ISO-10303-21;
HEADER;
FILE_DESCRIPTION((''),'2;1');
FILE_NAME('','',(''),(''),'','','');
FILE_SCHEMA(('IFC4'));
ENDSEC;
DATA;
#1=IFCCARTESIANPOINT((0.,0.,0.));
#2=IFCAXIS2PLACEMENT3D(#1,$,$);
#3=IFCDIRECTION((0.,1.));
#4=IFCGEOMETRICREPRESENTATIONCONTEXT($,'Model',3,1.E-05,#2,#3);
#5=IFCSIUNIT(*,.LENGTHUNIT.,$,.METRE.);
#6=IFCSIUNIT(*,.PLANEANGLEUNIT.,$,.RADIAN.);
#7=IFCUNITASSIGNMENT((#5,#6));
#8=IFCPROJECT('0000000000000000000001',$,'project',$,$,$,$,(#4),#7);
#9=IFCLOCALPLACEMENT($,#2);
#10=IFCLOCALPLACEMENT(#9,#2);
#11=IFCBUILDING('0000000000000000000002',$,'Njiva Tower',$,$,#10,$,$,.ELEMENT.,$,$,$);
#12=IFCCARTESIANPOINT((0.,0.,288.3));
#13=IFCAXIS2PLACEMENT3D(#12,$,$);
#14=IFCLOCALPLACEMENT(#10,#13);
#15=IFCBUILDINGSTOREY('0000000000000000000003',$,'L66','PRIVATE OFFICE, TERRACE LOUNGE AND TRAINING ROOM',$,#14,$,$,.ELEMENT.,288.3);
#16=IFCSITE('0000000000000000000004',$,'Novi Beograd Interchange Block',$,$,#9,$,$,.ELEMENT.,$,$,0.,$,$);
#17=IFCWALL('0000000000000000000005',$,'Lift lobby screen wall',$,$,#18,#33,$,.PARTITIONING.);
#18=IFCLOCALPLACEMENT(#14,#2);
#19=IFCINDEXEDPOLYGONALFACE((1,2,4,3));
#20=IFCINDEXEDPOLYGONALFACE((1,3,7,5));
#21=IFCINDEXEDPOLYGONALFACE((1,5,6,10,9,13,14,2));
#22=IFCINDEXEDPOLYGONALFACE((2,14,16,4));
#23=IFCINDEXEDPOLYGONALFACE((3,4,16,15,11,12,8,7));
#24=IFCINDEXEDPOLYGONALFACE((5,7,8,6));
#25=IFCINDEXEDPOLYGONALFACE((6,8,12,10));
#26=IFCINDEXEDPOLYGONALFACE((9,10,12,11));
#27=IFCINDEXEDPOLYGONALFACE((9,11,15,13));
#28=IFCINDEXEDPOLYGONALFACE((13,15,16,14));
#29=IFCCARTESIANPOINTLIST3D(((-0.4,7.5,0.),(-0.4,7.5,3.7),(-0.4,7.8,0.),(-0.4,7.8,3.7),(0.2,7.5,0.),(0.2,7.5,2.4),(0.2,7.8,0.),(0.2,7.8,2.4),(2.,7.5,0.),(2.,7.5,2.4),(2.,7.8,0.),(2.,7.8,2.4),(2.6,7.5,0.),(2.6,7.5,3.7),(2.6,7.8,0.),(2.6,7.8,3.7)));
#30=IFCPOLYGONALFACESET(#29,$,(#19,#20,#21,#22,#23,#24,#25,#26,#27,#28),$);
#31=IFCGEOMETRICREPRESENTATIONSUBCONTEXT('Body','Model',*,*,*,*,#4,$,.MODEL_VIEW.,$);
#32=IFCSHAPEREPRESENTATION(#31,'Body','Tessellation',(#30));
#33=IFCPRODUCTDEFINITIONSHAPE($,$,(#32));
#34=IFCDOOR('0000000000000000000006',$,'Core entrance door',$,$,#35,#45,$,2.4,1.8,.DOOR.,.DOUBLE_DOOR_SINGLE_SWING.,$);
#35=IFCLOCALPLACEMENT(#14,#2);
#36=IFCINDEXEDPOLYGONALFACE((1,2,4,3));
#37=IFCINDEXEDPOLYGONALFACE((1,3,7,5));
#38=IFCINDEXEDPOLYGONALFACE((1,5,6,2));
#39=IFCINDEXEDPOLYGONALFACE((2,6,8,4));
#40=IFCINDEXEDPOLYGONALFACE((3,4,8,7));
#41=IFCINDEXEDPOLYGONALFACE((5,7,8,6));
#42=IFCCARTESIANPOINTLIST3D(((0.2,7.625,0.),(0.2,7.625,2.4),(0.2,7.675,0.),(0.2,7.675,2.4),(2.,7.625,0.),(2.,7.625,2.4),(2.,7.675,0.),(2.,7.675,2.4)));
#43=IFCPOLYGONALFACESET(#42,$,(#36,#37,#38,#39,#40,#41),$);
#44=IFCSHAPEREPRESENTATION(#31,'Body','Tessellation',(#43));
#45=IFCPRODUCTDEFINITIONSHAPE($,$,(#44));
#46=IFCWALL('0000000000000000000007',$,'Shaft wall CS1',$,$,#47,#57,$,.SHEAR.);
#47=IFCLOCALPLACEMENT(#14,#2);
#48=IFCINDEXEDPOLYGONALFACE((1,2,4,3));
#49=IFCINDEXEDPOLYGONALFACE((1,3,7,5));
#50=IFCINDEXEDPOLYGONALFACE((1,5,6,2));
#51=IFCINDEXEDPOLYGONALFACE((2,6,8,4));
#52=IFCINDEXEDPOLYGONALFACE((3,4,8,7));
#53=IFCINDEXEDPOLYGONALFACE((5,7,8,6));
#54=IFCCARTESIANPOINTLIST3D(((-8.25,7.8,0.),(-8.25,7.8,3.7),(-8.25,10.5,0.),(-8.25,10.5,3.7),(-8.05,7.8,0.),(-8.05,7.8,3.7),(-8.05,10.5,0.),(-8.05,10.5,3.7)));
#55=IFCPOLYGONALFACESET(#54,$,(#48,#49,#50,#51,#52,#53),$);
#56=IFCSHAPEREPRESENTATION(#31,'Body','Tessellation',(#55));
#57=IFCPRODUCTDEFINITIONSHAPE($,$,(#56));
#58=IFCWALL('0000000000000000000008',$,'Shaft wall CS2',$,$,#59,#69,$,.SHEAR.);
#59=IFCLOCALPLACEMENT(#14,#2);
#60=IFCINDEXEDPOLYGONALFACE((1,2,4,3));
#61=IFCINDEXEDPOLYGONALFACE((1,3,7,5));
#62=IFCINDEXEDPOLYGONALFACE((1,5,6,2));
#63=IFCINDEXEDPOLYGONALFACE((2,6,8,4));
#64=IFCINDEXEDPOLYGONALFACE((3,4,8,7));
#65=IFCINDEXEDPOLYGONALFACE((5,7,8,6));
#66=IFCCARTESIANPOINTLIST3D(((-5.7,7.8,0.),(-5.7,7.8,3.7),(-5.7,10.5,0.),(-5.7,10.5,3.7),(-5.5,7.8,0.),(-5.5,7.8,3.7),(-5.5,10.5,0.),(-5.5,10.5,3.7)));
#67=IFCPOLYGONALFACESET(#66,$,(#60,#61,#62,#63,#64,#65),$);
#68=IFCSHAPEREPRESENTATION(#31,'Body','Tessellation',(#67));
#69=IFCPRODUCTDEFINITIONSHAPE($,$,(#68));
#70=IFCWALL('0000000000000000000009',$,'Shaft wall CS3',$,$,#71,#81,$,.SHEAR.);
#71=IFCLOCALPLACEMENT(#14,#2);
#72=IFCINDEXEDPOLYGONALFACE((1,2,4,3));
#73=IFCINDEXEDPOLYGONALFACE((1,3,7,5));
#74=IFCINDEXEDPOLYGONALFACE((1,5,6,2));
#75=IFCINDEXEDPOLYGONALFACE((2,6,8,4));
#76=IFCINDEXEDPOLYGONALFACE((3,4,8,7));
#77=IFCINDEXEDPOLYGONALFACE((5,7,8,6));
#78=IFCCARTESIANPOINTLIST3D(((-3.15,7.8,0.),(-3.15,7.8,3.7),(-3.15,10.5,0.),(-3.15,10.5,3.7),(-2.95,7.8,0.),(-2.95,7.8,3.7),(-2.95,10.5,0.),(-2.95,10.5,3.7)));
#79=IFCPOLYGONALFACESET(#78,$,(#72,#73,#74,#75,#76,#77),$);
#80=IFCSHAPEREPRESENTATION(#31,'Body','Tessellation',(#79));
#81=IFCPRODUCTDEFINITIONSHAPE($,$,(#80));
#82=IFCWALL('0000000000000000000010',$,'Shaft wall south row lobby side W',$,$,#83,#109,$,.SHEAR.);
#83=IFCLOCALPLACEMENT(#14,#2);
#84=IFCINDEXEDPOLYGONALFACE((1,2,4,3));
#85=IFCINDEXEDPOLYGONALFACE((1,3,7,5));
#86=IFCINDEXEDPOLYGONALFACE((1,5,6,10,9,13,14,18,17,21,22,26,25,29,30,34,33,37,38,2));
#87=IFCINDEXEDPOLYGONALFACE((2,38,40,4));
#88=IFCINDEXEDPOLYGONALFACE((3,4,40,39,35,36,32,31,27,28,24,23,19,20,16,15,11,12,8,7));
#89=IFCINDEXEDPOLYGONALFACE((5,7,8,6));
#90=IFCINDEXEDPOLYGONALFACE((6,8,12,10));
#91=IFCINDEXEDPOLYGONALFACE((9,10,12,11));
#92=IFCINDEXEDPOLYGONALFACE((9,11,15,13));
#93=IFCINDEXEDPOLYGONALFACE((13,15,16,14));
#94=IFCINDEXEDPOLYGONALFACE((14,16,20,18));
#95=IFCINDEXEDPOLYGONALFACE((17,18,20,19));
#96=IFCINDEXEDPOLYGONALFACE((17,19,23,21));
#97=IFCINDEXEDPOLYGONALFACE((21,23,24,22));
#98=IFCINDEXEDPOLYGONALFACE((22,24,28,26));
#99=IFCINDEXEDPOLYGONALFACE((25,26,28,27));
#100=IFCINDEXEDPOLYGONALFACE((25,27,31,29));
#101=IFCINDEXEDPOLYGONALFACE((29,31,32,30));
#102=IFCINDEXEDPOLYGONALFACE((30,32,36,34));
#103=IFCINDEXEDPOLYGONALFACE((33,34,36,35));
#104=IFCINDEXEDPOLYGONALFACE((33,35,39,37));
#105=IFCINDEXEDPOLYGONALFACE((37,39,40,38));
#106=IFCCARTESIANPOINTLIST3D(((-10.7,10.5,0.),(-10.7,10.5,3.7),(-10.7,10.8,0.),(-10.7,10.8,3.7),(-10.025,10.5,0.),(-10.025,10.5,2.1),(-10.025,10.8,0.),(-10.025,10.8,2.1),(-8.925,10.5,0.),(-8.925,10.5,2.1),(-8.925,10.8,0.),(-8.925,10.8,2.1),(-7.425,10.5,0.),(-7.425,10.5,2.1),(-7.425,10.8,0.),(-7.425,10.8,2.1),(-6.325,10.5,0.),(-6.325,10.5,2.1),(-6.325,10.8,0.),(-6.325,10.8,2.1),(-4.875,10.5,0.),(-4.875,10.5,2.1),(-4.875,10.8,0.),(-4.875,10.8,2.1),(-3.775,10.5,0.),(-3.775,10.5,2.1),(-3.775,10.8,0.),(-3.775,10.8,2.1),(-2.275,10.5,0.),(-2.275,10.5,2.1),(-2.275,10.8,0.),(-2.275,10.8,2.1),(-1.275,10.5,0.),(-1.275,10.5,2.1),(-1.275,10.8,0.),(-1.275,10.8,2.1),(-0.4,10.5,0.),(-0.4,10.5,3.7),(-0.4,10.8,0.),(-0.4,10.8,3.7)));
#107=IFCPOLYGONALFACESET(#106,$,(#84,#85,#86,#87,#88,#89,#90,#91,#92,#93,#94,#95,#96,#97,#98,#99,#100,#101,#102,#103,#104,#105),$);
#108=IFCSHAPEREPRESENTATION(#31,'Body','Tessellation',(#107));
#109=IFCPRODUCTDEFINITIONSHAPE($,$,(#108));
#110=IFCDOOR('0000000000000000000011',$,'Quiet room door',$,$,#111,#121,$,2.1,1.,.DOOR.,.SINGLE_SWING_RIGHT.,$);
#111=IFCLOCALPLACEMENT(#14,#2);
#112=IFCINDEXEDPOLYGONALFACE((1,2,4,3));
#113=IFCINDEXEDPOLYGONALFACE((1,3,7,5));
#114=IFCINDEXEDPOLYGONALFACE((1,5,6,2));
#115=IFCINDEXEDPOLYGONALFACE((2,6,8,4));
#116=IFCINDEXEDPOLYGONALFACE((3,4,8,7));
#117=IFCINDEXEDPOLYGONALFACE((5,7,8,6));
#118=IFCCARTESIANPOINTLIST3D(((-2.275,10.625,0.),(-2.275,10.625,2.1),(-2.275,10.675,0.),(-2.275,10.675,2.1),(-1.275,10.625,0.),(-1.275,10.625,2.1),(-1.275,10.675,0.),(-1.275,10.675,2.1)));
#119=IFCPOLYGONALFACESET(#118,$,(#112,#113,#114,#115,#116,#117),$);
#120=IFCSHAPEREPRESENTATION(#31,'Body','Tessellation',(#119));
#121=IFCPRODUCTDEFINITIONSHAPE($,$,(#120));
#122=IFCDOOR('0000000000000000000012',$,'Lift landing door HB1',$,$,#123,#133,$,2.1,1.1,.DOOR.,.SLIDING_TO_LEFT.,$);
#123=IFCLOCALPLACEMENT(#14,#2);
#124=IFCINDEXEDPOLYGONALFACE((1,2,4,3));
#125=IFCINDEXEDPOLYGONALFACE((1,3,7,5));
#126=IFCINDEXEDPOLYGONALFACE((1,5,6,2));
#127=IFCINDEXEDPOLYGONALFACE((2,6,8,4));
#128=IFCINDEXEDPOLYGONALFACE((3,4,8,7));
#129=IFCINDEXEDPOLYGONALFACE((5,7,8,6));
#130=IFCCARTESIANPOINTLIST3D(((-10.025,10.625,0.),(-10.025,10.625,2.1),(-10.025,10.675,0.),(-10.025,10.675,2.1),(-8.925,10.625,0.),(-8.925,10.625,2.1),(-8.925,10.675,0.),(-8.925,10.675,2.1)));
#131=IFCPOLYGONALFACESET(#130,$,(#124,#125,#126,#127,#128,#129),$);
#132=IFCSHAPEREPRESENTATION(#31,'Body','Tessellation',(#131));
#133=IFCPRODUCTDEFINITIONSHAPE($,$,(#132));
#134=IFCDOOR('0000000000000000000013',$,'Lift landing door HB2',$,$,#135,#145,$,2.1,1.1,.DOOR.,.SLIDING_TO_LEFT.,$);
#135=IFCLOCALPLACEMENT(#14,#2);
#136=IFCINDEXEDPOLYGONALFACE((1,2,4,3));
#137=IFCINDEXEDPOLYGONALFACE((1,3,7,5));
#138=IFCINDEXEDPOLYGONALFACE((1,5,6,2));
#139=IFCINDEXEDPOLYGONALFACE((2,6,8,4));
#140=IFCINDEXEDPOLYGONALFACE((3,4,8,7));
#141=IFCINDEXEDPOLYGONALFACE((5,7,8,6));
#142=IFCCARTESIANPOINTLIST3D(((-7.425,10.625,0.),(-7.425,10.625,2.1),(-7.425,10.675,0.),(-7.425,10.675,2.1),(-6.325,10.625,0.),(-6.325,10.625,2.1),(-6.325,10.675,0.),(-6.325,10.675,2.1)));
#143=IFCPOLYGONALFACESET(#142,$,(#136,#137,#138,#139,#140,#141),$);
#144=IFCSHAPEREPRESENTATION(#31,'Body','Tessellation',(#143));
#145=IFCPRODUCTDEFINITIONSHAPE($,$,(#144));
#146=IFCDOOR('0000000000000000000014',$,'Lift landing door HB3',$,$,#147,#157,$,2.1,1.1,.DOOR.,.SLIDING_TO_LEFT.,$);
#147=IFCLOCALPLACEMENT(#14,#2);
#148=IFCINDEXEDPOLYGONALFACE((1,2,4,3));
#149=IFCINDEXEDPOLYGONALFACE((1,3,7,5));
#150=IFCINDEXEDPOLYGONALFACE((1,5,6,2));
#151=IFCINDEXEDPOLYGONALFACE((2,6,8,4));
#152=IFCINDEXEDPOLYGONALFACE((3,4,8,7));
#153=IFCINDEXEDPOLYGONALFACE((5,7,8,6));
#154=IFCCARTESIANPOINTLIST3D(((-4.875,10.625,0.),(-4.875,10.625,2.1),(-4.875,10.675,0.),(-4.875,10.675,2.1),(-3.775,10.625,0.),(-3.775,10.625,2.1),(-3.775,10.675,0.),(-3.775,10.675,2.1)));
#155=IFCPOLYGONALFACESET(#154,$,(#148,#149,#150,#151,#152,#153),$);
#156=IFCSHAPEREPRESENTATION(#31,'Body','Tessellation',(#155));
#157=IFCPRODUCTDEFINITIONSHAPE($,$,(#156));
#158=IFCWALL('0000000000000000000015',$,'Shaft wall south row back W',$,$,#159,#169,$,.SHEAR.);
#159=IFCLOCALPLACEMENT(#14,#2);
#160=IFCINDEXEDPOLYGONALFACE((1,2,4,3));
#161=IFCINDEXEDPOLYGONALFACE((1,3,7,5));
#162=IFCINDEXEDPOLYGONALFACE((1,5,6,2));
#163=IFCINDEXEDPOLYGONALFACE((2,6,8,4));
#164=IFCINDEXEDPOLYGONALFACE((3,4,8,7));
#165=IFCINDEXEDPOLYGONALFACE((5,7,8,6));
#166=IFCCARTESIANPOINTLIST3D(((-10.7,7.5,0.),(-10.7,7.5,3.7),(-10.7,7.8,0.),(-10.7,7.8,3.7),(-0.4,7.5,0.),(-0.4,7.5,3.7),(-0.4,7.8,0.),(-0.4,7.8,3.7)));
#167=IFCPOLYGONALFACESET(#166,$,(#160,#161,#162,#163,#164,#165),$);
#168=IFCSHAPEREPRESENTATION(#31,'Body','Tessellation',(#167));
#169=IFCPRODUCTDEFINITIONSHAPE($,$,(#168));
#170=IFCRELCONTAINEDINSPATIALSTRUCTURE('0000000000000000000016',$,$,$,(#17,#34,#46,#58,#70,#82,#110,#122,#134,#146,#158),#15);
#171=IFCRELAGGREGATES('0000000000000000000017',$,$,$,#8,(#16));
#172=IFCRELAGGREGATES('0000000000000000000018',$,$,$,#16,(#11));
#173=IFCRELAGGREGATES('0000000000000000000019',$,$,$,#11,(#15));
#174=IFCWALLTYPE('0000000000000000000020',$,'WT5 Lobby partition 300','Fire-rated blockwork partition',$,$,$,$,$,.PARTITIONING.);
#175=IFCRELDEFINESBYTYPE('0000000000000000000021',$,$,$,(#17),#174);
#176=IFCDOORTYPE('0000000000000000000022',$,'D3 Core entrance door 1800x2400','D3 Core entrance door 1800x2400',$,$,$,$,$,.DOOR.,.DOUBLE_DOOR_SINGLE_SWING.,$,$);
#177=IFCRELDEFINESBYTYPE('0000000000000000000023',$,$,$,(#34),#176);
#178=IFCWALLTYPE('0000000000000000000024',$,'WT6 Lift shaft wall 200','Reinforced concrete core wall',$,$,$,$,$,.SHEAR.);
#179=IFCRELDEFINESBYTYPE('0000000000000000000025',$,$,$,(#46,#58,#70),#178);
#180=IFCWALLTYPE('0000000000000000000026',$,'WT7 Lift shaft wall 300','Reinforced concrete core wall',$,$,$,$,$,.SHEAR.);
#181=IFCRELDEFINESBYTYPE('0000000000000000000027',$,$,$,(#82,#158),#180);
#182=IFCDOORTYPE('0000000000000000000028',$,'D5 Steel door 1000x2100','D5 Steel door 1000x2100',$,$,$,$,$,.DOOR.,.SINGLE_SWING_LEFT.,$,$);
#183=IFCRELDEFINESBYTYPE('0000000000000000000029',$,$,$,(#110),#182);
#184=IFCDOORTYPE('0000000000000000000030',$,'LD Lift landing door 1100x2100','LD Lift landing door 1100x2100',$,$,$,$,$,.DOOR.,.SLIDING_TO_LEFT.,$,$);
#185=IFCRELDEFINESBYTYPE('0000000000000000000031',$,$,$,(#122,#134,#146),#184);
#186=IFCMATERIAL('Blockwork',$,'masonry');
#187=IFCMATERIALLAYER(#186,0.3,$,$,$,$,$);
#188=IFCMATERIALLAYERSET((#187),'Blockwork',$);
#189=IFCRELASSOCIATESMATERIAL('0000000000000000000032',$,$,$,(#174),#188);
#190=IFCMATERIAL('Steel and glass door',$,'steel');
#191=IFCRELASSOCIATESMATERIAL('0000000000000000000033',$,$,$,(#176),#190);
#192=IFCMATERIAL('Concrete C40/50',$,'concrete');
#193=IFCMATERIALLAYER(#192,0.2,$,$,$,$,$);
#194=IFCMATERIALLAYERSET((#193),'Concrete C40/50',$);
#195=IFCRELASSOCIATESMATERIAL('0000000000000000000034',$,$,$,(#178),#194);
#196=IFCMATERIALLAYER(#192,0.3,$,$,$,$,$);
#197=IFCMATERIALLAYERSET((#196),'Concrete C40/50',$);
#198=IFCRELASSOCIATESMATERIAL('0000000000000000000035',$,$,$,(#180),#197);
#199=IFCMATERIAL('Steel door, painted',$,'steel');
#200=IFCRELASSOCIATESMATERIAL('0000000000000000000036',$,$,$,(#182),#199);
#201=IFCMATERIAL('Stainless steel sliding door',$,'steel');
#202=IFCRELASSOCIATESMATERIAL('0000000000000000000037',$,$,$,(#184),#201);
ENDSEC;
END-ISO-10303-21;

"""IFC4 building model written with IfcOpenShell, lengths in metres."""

from ifc_helpers import new_model, si_unit, direction, frame, frame_2d, origin, place, context, subcontext, project, spatial, rectangle, extrude, material, layer, layer_set, type_object, element, fill, save


model = new_model("IFC4")

# Units and contexts
model_context = context("Model", 3, precision=1e-05, world=origin(), true_north=direction((0.0, 1.0)))
body_context = subcontext(model_context, "Body", "Model", "MODEL_VIEW")
ifc_project = project(units=[si_unit("LENGTHUNIT", "METRE"), si_unit("PLANEANGLEUNIT", "RADIAN")], contexts=[model_context])

# Site, building, storey
site_placement = place(None, origin())
site = spatial("IfcSite", under=ifc_project, at=site_placement, Name="Novi Beograd Interchange Block", CompositionType="ELEMENT", RefElevation=0.0)
building_placement = place(site_placement, origin())
building = spatial("IfcBuilding", under=site, at=building_placement, Name="Njiva Tower", CompositionType="ELEMENT")
storey_placement = place(building_placement, frame((0.0, 0.0, 288.3)))
storey = spatial("IfcBuildingStorey", under=building, at=storey_placement, Name="L66", Description="PRIVATE OFFICE, TERRACE LOUNGE AND TRAINING ROOM", CompositionType="ELEMENT", Elevation=288.3)

# Shared definitions
ifc_material_1 = material(Name="Blockwork", Category="masonry")

# Shared definitions
ifc_material_2 = material(Name="Concrete C40/50", Category="concrete")
ifc_material_3 = material(Name="Steel door, painted", Category="steel")

# Wall, opening, door
ifc_layer_1 = layer(ifc_material_1, 0.3)
ifc_layer_set_1 = layer_set([ifc_layer_1], Name="Blockwork")
wall_type_1 = type_object("IfcWallType", Name="WT5 Lobby partition 300", Description="Fire-rated blockwork partition", PredefinedType="PARTITIONING", material=ifc_layer_set_1)
wall_1_placement = place(storey_placement, frame((-0.4, 7.65, 0.0), z_axis=(0.0, 0.0, 1.0), x_axis=(1.0, 0.0, 0.0)))
wall_1 = element("IfcWall", 1, at=wall_1_placement, inside=storey, type_object=wall_type_1, Name="Lift lobby screen wall", PredefinedType="PARTITIONING", context=body_context, shape_type="SweptSolid", body=[
    extrude(rectangle(XDim=3.0, YDim=0.3, at=frame_2d((1.5, 0.0))), origin(), (0.0, 0.0, 1.0), 3.7),
])
opening_1_placement = place(wall_1_placement, frame((0.6, 0.0, 0.0)))
opening_1 = element("IfcOpeningElement", 2, at=opening_1_placement, cuts=wall_1, PredefinedType="OPENING", context=body_context, shape_type="SweptSolid", body=[
    extrude(rectangle(XDim=1.8, YDim=2.4, at=frame_2d((0.9, 1.2))), frame((0.0, 0.16, 0.0), z_axis=(0.0, -1.0, 0.0), x_axis=(1.0, 0.0, 0.0)), (0.0, 0.0, 1.0), 0.32),
])
ifc_material_4 = material(Name="Steel and glass door", Category="steel")
door_type_1 = type_object("IfcDoorType", Name="D3 Core entrance door 1800x2400", Description="D3 Core entrance door 1800x2400", OperationType="DOUBLE_DOOR_SINGLE_SWING", PredefinedType="DOOR", material=ifc_material_4)
door_1_placement = place(opening_1_placement, origin())
door_1 = element("IfcDoor", 3, at=door_1_placement, inside=storey, type_object=door_type_1, Name="Core entrance door", OperationType="DOUBLE_DOOR_SINGLE_SWING", OverallHeight=2.4, OverallWidth=1.8, PredefinedType="DOOR", context=body_context, shape_type="SweptSolid", body=[
    extrude(rectangle(XDim=1.8, YDim=2.4, at=frame_2d((0.9, 1.2))), frame((0.0, 0.025, 0.0), z_axis=(0.0, -1.0, 0.0), x_axis=(1.0, 0.0, 0.0)), (0.0, 0.0, 1.0), 0.05),
])
fill(opening_1, door_1)

# Walls
ifc_layer_2 = layer(ifc_material_2, 0.2)
ifc_layer_set_2 = layer_set([ifc_layer_2], Name="Concrete C40/50")
wall_type_2 = type_object("IfcWallType", Name="WT6 Lift shaft wall 200", Description="Reinforced concrete core wall", PredefinedType="SHEAR", material=ifc_layer_set_2)
for number, where, z_axis, x_axis, name in (
    (4, (-8.15, 7.8, 0.0), (0.0, 0.0, 1.0), (0.0, 1.0, 0.0), "Shaft wall CS1"),
    (5, (-5.6, 7.8, 0.0), (0.0, 0.0, 1.0), (0.0, 1.0, 0.0), "Shaft wall CS2"),
    (6, (-3.05, 7.8, 0.0), (0.0, 0.0, 1.0), (0.0, 1.0, 0.0), "Shaft wall CS3"),
):
    element("IfcWall", number, at=place(storey_placement, frame(where, z_axis=z_axis, x_axis=x_axis)), inside=storey, type_object=wall_type_2, Name=name, PredefinedType="SHEAR", context=body_context, shape_type="SweptSolid", body=[
        extrude(rectangle(XDim=2.7, YDim=0.2, at=frame_2d((1.35, 0.0))), origin(), (0.0, 0.0, 1.0), 3.7),
    ])

# Wall, openings, doors
ifc_layer_3 = layer(ifc_material_2, 0.3)
ifc_layer_set_3 = layer_set([ifc_layer_3], Name="Concrete C40/50")
wall_type_3 = type_object("IfcWallType", Name="WT7 Lift shaft wall 300", Description="Reinforced concrete core wall", PredefinedType="SHEAR", material=ifc_layer_set_3)
wall_2_placement = place(storey_placement, frame((-10.7, 10.65, 0.0), z_axis=(0.0, 0.0, 1.0), x_axis=(1.0, 0.0, 0.0)))
wall_2 = element("IfcWall", 7, at=wall_2_placement, inside=storey, type_object=wall_type_3, Name="Shaft wall south row lobby side W", PredefinedType="SHEAR", context=body_context, shape_type="SweptSolid", body=[
    extrude(rectangle(XDim=10.3, YDim=0.3, at=frame_2d((5.15, 0.0))), origin(), (0.0, 0.0, 1.0), 3.7),
])
opening_2_placement = place(wall_2_placement, frame((0.675, 0.0, 0.0)))
opening_2 = element("IfcOpeningElement", 8, at=opening_2_placement, cuts=wall_2, PredefinedType="OPENING", context=body_context, shape_type="SweptSolid", body=[
    extrude(rectangle(XDim=1.1, YDim=2.1, at=frame_2d((0.55, 1.05))), frame((0.0, 0.16, 0.0), z_axis=(0.0, -1.0, 0.0), x_axis=(1.0, 0.0, 0.0)), (0.0, 0.0, 1.0), 0.32),
])
opening_3_placement = place(wall_2_placement, frame((3.275, 0.0, 0.0)))
opening_3 = element("IfcOpeningElement", 9, at=opening_3_placement, cuts=wall_2, PredefinedType="OPENING", context=body_context, shape_type="SweptSolid", body=[
    extrude(rectangle(XDim=1.1, YDim=2.1, at=frame_2d((0.55, 1.05))), frame((0.0, 0.16, 0.0), z_axis=(0.0, -1.0, 0.0), x_axis=(1.0, 0.0, 0.0)), (0.0, 0.0, 1.0), 0.32),
])
opening_4_placement = place(wall_2_placement, frame((5.825, 0.0, 0.0)))
opening_4 = element("IfcOpeningElement", 10, at=opening_4_placement, cuts=wall_2, PredefinedType="OPENING", context=body_context, shape_type="SweptSolid", body=[
    extrude(rectangle(XDim=1.1, YDim=2.1, at=frame_2d((0.55, 1.05))), frame((0.0, 0.16, 0.0), z_axis=(0.0, -1.0, 0.0), x_axis=(1.0, 0.0, 0.0)), (0.0, 0.0, 1.0), 0.32),
])
opening_5_placement = place(wall_2_placement, frame((8.425, 0.0, 0.0)))
opening_5 = element("IfcOpeningElement", 11, at=opening_5_placement, cuts=wall_2, PredefinedType="OPENING", context=body_context, shape_type="SweptSolid", body=[
    extrude(rectangle(XDim=1.0, YDim=2.1, at=frame_2d((0.5, 1.05))), frame((0.0, 0.16, 0.0), z_axis=(0.0, -1.0, 0.0), x_axis=(1.0, 0.0, 0.0)), (0.0, 0.0, 1.0), 0.32),
])
door_type_2 = type_object("IfcDoorType", Name="D5 Steel door 1000x2100", Description="D5 Steel door 1000x2100", OperationType="SINGLE_SWING_LEFT", PredefinedType="DOOR", material=ifc_material_3)
door_2_placement = place(opening_5_placement, origin())
door_2 = element("IfcDoor", 12, at=door_2_placement, inside=storey, type_object=door_type_2, Name="Quiet room door", OperationType="SINGLE_SWING_RIGHT", OverallHeight=2.1, OverallWidth=1.0, PredefinedType="DOOR", context=body_context, shape_type="SweptSolid", body=[
    extrude(rectangle(XDim=1.0, YDim=2.1, at=frame_2d((0.5, 1.05))), frame((0.0, 0.025, 0.0), z_axis=(0.0, -1.0, 0.0), x_axis=(1.0, 0.0, 0.0)), (0.0, 0.0, 1.0), 0.05),
])
fill(opening_5, door_2)
ifc_material_5 = material(Name="Stainless steel sliding door", Category="steel")
door_type_3 = type_object("IfcDoorType", Name="LD Lift landing door 1100x2100", Description="LD Lift landing door 1100x2100", OperationType="SLIDING_TO_LEFT", PredefinedType="DOOR", material=ifc_material_5)
door_3_placement = place(opening_2_placement, origin())
door_3 = element("IfcDoor", 13, at=door_3_placement, inside=storey, type_object=door_type_3, Name="Lift landing door HB1", OperationType="SLIDING_TO_LEFT", OverallHeight=2.1, OverallWidth=1.1, PredefinedType="DOOR", context=body_context, shape_type="SweptSolid", body=[
    extrude(rectangle(XDim=1.1, YDim=2.1, at=frame_2d((0.55, 1.05))), frame((0.0, 0.025, 0.0), z_axis=(0.0, -1.0, 0.0), x_axis=(1.0, 0.0, 0.0)), (0.0, 0.0, 1.0), 0.05),
])
fill(opening_2, door_3)
door_4_placement = place(opening_3_placement, origin())
door_4 = element("IfcDoor", 14, at=door_4_placement, inside=storey, type_object=door_type_3, Name="Lift landing door HB2", OperationType="SLIDING_TO_LEFT", OverallHeight=2.1, OverallWidth=1.1, PredefinedType="DOOR", context=body_context, shape_type="SweptSolid", body=[
    extrude(rectangle(XDim=1.1, YDim=2.1, at=frame_2d((0.55, 1.05))), frame((0.0, 0.025, 0.0), z_axis=(0.0, -1.0, 0.0), x_axis=(1.0, 0.0, 0.0)), (0.0, 0.0, 1.0), 0.05),
])
fill(opening_3, door_4)
door_5_placement = place(opening_4_placement, origin())
door_5 = element("IfcDoor", 15, at=door_5_placement, inside=storey, type_object=door_type_3, Name="Lift landing door HB3", OperationType="SLIDING_TO_LEFT", OverallHeight=2.1, OverallWidth=1.1, PredefinedType="DOOR", context=body_context, shape_type="SweptSolid", body=[
    extrude(rectangle(XDim=1.1, YDim=2.1, at=frame_2d((0.55, 1.05))), frame((0.0, 0.025, 0.0), z_axis=(0.0, -1.0, 0.0), x_axis=(1.0, 0.0, 0.0)), (0.0, 0.0, 1.0), 0.05),
])
fill(opening_4, door_5)

# Wall
wall_3_placement = place(storey_placement, frame((-10.7, 7.65, 0.0), z_axis=(0.0, 0.0, 1.0), x_axis=(1.0, 0.0, 0.0)))
element("IfcWall", 16, at=wall_3_placement, inside=storey, type_object=wall_type_3, Name="Shaft wall south row back W", PredefinedType="SHEAR", context=body_context, shape_type="SweptSolid", body=[
    extrude(rectangle(XDim=10.3, YDim=0.3, at=frame_2d((5.15, 0.0))), origin(), (0.0, 0.0, 1.0), 3.7),
])

save(model, "model.ifc")
